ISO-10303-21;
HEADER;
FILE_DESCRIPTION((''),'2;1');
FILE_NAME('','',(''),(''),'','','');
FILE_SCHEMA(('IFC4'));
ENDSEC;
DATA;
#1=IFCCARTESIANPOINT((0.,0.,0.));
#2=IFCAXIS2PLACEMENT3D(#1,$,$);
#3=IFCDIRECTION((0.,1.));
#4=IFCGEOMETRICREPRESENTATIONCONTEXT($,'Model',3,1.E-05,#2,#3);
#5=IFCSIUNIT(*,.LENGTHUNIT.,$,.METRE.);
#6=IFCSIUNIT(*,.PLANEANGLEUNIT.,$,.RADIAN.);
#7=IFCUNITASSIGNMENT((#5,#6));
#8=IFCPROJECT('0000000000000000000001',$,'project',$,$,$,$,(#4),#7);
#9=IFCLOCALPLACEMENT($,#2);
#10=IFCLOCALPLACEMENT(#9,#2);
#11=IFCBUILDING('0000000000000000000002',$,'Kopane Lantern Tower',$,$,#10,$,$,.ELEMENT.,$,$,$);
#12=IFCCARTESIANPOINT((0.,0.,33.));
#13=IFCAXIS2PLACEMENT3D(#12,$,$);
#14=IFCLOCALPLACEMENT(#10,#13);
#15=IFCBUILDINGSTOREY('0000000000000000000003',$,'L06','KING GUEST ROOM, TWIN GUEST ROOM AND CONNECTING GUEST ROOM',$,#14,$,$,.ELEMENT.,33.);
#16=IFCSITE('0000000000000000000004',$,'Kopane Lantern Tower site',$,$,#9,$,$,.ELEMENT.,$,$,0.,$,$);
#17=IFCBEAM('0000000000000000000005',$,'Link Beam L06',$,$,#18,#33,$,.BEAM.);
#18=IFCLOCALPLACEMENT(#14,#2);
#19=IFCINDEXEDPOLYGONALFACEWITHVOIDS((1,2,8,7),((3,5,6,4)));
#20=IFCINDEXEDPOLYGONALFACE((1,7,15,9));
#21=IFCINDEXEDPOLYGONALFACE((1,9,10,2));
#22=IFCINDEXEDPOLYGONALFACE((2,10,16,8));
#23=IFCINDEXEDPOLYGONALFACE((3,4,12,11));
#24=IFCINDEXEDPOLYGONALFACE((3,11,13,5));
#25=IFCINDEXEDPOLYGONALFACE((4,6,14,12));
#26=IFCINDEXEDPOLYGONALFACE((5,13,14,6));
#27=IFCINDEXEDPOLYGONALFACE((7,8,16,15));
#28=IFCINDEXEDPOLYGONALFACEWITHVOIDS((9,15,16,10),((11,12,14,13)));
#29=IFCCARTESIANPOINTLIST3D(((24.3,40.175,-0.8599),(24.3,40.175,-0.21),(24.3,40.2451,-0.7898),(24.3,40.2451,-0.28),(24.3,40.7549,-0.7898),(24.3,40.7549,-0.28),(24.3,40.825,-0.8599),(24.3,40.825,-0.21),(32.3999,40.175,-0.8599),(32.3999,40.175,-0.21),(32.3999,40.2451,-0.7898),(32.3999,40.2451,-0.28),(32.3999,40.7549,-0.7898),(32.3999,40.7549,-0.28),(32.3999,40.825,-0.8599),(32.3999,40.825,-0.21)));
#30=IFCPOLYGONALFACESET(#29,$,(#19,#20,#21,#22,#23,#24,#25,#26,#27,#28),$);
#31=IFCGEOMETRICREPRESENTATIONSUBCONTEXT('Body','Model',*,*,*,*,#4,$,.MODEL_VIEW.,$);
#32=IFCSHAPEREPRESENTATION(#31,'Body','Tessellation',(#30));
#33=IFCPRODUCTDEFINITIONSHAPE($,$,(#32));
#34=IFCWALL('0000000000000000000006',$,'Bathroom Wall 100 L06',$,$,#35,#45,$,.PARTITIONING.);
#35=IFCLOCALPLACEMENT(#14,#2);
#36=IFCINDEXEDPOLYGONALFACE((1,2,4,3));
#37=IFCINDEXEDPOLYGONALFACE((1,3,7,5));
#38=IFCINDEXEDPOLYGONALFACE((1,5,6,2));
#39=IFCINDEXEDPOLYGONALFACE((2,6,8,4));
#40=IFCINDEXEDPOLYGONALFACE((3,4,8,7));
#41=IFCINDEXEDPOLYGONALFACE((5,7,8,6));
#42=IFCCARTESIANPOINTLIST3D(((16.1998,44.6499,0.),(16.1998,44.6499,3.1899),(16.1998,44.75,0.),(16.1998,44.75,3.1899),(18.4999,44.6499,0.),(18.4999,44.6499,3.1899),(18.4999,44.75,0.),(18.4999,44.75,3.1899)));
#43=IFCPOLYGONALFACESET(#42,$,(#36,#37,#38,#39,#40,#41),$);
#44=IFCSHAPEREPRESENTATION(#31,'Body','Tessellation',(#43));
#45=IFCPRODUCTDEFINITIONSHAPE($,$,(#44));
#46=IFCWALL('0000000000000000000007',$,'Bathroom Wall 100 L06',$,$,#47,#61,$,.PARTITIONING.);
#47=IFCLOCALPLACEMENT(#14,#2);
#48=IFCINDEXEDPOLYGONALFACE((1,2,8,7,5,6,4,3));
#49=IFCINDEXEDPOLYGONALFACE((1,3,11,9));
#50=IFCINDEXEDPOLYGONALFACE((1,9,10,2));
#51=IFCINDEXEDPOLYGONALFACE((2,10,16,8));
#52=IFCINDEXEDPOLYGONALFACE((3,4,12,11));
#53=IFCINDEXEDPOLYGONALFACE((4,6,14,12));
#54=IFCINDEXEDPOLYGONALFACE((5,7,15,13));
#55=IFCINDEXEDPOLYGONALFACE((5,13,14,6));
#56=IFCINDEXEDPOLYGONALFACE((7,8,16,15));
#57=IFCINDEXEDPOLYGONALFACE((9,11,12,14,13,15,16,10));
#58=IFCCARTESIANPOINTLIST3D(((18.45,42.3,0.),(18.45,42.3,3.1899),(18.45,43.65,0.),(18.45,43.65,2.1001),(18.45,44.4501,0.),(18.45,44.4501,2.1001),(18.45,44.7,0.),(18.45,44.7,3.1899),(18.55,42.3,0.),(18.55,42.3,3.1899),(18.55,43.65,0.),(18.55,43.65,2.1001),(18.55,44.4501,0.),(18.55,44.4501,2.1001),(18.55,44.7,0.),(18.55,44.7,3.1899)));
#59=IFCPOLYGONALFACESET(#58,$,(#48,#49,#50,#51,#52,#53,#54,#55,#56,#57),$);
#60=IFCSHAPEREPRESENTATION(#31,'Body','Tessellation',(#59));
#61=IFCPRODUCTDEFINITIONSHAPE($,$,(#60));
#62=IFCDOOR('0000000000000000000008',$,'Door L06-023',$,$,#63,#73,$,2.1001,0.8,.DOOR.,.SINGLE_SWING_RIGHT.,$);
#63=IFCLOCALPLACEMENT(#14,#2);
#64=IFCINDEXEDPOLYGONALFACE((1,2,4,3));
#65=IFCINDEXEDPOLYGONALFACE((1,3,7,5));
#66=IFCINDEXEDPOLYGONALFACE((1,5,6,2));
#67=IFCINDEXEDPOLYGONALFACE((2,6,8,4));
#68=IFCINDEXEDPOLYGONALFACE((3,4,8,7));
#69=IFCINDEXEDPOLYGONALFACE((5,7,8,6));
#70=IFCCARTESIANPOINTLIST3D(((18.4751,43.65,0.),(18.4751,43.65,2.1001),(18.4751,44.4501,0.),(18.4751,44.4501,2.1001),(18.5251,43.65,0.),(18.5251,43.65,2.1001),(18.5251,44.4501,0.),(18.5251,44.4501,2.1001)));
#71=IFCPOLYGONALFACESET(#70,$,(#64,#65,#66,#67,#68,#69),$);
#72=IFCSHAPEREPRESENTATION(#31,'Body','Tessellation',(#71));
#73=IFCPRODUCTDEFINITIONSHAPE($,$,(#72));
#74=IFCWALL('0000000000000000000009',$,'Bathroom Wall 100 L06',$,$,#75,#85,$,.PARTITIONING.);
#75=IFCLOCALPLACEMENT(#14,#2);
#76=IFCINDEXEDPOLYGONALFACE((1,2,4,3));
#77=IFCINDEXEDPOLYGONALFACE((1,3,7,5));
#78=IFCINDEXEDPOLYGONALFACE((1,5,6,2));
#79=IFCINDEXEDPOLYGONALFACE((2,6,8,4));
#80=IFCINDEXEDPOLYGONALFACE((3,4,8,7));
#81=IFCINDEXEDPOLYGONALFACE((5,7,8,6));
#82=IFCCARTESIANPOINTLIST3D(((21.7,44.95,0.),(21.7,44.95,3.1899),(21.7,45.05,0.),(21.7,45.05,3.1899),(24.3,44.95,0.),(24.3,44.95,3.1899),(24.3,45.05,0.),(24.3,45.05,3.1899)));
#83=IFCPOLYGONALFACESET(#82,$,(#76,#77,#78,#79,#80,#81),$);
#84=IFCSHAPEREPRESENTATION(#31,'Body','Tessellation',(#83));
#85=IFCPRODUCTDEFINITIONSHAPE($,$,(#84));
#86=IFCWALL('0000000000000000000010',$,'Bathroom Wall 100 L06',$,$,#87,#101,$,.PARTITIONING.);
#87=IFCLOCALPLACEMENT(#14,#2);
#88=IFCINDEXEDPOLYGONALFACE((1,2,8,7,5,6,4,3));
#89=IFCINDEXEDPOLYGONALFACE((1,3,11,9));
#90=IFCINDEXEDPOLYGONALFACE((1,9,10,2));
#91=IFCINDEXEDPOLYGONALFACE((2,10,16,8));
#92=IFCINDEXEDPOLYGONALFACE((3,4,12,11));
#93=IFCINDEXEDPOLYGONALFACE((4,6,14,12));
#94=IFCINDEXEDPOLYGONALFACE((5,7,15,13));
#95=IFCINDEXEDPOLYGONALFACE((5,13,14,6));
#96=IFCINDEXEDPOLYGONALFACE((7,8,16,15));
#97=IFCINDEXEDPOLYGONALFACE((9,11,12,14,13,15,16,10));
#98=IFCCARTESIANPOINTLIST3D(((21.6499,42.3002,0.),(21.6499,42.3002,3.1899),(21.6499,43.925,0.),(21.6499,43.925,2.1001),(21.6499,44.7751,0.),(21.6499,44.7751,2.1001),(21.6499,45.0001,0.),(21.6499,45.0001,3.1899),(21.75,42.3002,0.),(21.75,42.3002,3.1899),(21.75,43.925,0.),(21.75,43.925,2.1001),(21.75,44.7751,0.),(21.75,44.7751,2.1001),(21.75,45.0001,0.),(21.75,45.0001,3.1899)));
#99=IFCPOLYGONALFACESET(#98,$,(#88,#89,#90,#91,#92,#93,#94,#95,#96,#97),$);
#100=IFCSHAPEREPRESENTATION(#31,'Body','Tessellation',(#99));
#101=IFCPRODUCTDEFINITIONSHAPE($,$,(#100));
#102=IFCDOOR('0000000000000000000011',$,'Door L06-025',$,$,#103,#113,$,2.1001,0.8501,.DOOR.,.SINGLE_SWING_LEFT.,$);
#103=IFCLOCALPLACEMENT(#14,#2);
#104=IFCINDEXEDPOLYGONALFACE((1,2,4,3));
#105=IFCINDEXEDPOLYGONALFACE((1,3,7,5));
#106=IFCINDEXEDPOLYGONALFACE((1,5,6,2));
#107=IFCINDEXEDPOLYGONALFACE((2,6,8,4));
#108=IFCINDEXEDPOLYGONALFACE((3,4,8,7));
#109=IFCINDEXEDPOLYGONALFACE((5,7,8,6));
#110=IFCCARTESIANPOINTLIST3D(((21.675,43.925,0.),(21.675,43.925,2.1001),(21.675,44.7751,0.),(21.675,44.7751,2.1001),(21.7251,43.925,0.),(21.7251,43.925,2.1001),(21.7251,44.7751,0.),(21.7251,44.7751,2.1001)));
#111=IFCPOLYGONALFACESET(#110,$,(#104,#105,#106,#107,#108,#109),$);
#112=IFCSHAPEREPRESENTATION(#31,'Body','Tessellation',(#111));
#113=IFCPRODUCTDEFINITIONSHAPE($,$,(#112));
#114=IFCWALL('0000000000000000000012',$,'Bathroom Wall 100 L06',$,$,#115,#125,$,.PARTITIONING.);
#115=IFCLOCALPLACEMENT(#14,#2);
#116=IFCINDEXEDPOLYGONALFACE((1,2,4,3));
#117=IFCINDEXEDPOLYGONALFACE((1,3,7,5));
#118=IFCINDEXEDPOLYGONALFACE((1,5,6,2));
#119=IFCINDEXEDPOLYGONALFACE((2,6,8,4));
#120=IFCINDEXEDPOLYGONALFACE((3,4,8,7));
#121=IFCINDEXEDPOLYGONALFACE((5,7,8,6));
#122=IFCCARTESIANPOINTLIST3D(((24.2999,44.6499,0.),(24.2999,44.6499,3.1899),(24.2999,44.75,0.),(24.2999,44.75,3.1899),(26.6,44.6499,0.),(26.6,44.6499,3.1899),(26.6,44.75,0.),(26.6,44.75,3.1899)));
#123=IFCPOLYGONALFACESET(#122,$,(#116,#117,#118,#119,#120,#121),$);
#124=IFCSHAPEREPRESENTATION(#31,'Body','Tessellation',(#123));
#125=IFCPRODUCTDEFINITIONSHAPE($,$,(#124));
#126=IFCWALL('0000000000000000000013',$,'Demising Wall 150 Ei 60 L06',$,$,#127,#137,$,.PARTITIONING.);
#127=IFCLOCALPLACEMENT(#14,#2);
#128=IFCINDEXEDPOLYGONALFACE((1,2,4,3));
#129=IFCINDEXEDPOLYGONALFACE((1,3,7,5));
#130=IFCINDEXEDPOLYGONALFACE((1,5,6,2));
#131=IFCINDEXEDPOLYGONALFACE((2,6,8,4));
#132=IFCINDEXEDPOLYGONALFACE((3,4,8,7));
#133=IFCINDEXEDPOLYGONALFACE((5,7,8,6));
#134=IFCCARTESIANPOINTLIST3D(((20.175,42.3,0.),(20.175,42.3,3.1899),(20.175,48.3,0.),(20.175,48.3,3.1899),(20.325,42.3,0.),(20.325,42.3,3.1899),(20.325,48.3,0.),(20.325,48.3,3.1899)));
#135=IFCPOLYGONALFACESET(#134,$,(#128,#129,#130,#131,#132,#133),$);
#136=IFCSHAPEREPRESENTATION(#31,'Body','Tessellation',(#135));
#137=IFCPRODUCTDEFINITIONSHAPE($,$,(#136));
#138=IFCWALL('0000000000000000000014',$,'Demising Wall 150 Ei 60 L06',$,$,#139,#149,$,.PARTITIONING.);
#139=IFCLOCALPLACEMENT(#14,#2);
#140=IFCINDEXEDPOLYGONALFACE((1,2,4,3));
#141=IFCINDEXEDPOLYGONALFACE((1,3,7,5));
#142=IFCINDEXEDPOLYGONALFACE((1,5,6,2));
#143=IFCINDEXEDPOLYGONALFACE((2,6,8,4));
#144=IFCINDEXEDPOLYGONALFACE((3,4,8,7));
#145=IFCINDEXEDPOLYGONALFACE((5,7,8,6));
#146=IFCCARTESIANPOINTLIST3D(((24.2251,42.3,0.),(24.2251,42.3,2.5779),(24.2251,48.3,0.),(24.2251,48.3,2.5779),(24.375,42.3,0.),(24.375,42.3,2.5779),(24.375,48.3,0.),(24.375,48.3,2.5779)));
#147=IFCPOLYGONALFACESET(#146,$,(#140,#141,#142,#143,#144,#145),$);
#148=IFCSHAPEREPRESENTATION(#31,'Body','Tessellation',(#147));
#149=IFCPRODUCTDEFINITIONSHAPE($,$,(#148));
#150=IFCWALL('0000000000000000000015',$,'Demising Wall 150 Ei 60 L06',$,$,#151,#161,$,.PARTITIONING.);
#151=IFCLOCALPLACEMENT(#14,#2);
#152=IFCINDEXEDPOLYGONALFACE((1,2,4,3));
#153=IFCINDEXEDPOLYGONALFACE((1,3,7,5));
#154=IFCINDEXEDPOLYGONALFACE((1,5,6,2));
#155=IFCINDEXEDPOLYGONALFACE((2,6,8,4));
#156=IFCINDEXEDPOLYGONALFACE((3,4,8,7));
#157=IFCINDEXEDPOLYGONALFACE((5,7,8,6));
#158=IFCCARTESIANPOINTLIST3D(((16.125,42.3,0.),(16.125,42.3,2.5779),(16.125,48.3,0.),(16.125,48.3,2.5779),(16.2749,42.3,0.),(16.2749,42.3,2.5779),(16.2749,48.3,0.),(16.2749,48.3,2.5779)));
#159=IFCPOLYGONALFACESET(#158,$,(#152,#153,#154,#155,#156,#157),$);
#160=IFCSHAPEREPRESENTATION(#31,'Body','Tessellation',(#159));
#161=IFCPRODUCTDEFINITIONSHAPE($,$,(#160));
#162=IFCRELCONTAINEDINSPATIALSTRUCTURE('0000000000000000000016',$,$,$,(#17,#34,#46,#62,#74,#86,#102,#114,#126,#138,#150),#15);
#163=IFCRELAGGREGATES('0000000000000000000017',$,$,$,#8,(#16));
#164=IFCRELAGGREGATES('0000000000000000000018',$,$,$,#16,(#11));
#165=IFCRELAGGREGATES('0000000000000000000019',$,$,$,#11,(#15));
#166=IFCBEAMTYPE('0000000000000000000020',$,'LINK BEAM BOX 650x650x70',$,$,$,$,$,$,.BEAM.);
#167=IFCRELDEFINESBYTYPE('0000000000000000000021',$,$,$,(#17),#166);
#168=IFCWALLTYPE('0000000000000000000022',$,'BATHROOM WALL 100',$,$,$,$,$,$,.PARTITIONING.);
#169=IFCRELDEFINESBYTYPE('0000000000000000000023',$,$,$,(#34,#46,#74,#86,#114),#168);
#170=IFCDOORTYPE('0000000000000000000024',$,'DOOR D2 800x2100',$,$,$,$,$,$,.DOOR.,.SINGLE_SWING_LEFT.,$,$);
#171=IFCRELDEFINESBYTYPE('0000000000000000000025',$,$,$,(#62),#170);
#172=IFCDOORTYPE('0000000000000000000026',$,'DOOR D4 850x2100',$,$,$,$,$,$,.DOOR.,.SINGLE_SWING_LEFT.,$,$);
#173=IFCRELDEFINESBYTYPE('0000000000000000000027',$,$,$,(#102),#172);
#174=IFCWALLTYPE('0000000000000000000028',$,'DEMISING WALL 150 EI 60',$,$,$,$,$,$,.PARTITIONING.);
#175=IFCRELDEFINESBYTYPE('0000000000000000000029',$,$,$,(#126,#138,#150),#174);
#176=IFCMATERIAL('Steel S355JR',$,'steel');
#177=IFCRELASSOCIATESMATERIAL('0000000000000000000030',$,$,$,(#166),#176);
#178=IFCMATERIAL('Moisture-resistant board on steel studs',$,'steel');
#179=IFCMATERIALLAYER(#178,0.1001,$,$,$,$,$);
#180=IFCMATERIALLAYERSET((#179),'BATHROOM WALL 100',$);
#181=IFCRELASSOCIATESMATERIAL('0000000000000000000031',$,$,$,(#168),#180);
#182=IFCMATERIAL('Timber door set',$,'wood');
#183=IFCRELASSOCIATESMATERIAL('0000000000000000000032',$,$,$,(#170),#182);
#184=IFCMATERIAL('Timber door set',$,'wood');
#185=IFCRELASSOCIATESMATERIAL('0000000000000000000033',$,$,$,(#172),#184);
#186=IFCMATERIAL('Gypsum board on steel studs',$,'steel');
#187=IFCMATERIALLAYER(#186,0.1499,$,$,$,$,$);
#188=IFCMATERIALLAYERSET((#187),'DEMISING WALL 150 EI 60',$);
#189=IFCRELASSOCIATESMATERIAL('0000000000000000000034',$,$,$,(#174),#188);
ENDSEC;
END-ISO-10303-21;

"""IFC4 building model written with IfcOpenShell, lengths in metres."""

from ifc_helpers import new_model, si_unit, direction, frame, frame_2d, origin, origin_2d, place, context, subcontext, project, spatial, rectangle, hollow_rectangle, extrude, material, layer, layer_set, material_profile, profile_set, type_object, element, fill, save


model = new_model("IFC4")

# Units and contexts
model_context = context("Model", 3, precision=1e-05, world=origin(), true_north=direction((0.0, 1.0)))
body_context = subcontext(model_context, "Body", "Model", "MODEL_VIEW")
ifc_project = project(units=[si_unit("LENGTHUNIT", "METRE"), si_unit("PLANEANGLEUNIT", "RADIAN")], contexts=[model_context])

# Site, building, storey
site_placement = place(None, origin())
site = spatial("IfcSite", under=ifc_project, at=site_placement, Name="Kopane Lantern Tower site", CompositionType="ELEMENT", RefElevation=0.0)
building_placement = place(site_placement, origin())
building = spatial("IfcBuilding", under=site, at=building_placement, Name="Kopane Lantern Tower", CompositionType="ELEMENT")
storey_placement = place(building_placement, frame((0.0, 0.0, 33.0)))
storey = spatial("IfcBuildingStorey", under=building, at=storey_placement, Name="L06", Description="KING GUEST ROOM, TWIN GUEST ROOM AND CONNECTING GUEST ROOM", CompositionType="ELEMENT", Elevation=33.0)

# Beam
ifc_material_1 = material(Name="Steel S355JR", Category="steel")
ifc_material_profile_1 = material_profile(ifc_material_1, hollow_rectangle(XDim=0.6499, YDim=0.6499, WallThickness=0.0701, at=origin_2d()), Name="BOX 650x650x70")
ifc_profile_set_1 = profile_set([ifc_material_profile_1], Name="Steel S355JR")
beam_type_1 = type_object("IfcBeamType", Name="LINK BEAM BOX 650x650x70", PredefinedType="BEAM", material=ifc_profile_set_1)
beam_1_placement = place(storey_placement, frame((24.3, 40.5, -0.5349), z_axis=(1.0, 0.0, 0.0), x_axis=(0.0, 1.0, 0.0)))
element("IfcBeam", 1, at=beam_1_placement, inside=storey, type_object=beam_type_1, Name="Link Beam L06", PredefinedType="BEAM", context=body_context, shape_type="SweptSolid", body=[
    extrude(hollow_rectangle(XDim=0.6499, YDim=0.6499, WallThickness=0.0701, at=origin_2d()), origin(), (0.0, 0.0, 1.0), 8.0999),
])

# Wall
ifc_material_2 = material(Name="Moisture-resistant board on steel studs", Category="steel")
ifc_layer_1 = layer(ifc_material_2, 0.1001)
ifc_layer_set_1 = layer_set([ifc_layer_1], Name="BATHROOM WALL 100")
wall_type_1 = type_object("IfcWallType", Name="BATHROOM WALL 100", PredefinedType="PARTITIONING", material=ifc_layer_set_1)
wall_1_placement = place(storey_placement, frame((16.2, 44.7, 0.0), z_axis=(0.0, 0.0, 1.0), x_axis=(1.0, 0.0, 0.0)))
element("IfcWall", 2, at=wall_1_placement, inside=storey, type_object=wall_type_1, Name="Bathroom Wall 100 L06", PredefinedType="PARTITIONING", context=body_context, shape_type="SweptSolid", body=[
    extrude(rectangle(XDim=2.3, YDim=0.1001, at=frame_2d((1.1499, 0.0))), origin(), (0.0, 0.0, 1.0), 3.1899),
])

# Wall, opening, door
wall_2_placement = place(storey_placement, frame((18.5, 42.3, 0.0), z_axis=(0.0, 0.0, 1.0), x_axis=(0.0, 1.0, 0.0)))
wall_2 = element("IfcWall", 3, at=wall_2_placement, inside=storey, type_object=wall_type_1, Name="Bathroom Wall 100 L06", PredefinedType="PARTITIONING", context=body_context, shape_type="SweptSolid", body=[
    extrude(rectangle(XDim=2.3999, YDim=0.1001, at=frame_2d((1.2, 0.0))), origin(), (0.0, 0.0, 1.0), 3.1899),
])
opening_1_placement = place(wall_2_placement, frame((1.3501, 0.0, 0.0)))
opening_1 = element("IfcOpeningElement", 4, at=opening_1_placement, cuts=wall_2, PredefinedType="OPENING", context=body_context, shape_type="SweptSolid", body=[
    extrude(rectangle(XDim=0.8, YDim=2.1001, at=frame_2d((0.3999, 1.05))), frame((0.0, 0.0601, 0.0), z_axis=(0.0, -1.0, 0.0), x_axis=(1.0, 0.0, 0.0)), (0.0, 0.0, 1.0), 0.1201),
])
ifc_material_3 = material(Name="Timber door set", Category="wood")
door_type_1 = type_object("IfcDoorType", Name="DOOR D2 800x2100", OperationType="SINGLE_SWING_LEFT", PredefinedType="DOOR", material=ifc_material_3)
door_1_placement = place(opening_1_placement, origin())
door_1 = element("IfcDoor", 5, at=door_1_placement, inside=storey, type_object=door_type_1, Name="Door L06-023", OperationType="SINGLE_SWING_RIGHT", OverallHeight=2.1001, OverallWidth=0.8, PredefinedType="DOOR", context=body_context, shape_type="SweptSolid", body=[
    extrude(rectangle(XDim=0.8, YDim=2.1001, at=frame_2d((0.3999, 1.05))), frame((0.0, 0.0249, 0.0), z_axis=(0.0, -1.0, 0.0), x_axis=(1.0, 0.0, 0.0)), (0.0, 0.0, 1.0), 0.05),
])
fill(opening_1, door_1)

# Wall
wall_3_placement = place(storey_placement, frame((21.7, 45.0, 0.0), z_axis=(0.0, 0.0, 1.0), x_axis=(1.0, 0.0, 0.0)))
element("IfcWall", 6, at=wall_3_placement, inside=storey, type_object=wall_type_1, Name="Bathroom Wall 100 L06", PredefinedType="PARTITIONING", context=body_context, shape_type="SweptSolid", body=[
    extrude(rectangle(XDim=2.6001, YDim=0.1001, at=frame_2d((1.3, 0.0))), origin(), (0.0, 0.0, 1.0), 3.1899),
])

# Wall, opening, door
wall_4_placement = place(storey_placement, frame((21.7, 42.3, 0.0), z_axis=(0.0, 0.0, 1.0), x_axis=(0.0, 1.0, 0.0)))
wall_4 = element("IfcWall", 7, at=wall_4_placement, inside=storey, type_object=wall_type_1, Name="Bathroom Wall 100 L06", PredefinedType="PARTITIONING", context=body_context, shape_type="SweptSolid", body=[
    extrude(rectangle(XDim=2.7, YDim=0.1001, at=frame_2d((1.3501, 0.0))), origin(), (0.0, 0.0, 1.0), 3.1899),
])
opening_2_placement = place(wall_4_placement, frame((1.625, 0.0, 0.0)))
opening_2 = element("IfcOpeningElement", 8, at=opening_2_placement, cuts=wall_4, PredefinedType="OPENING", context=body_context, shape_type="SweptSolid", body=[
    extrude(rectangle(XDim=0.8501, YDim=2.1001, at=frame_2d((0.425, 1.05))), frame((0.0, 0.0601, 0.0), z_axis=(0.0, -1.0, 0.0), x_axis=(1.0, 0.0, 0.0)), (0.0, 0.0, 1.0), 0.1201),
])
ifc_material_4 = material(Name="Timber door set", Category="wood")
door_type_2 = type_object("IfcDoorType", Name="DOOR D4 850x2100", OperationType="SINGLE_SWING_LEFT", PredefinedType="DOOR", material=ifc_material_4)
door_2_placement = place(opening_2_placement, origin())
door_2 = element("IfcDoor", 9, at=door_2_placement, inside=storey, type_object=door_type_2, Name="Door L06-025", OperationType="SINGLE_SWING_LEFT", OverallHeight=2.1001, OverallWidth=0.8501, PredefinedType="DOOR", context=body_context, shape_type="SweptSolid", body=[
    extrude(rectangle(XDim=0.8501, YDim=2.1001, at=frame_2d((0.425, 1.05))), frame((0.0, 0.0249, 0.0), z_axis=(0.0, -1.0, 0.0), x_axis=(1.0, 0.0, 0.0)), (0.0, 0.0, 1.0), 0.05),
])
fill(opening_2, door_2)

# Walls
wall_5_placement = place(storey_placement, frame((24.3, 44.7, 0.0), z_axis=(0.0, 0.0, 1.0), x_axis=(1.0, 0.0, 0.0)))
element("IfcWall", 10, at=wall_5_placement, inside=storey, type_object=wall_type_1, Name="Bathroom Wall 100 L06", PredefinedType="PARTITIONING", context=body_context, shape_type="SweptSolid", body=[
    extrude(rectangle(XDim=2.3, YDim=0.1001, at=frame_2d((1.1499, 0.0))), origin(), (0.0, 0.0, 1.0), 3.1899),
])
ifc_material_5 = material(Name="Gypsum board on steel studs", Category="steel")
ifc_layer_2 = layer(ifc_material_5, 0.1499)
ifc_layer_set_2 = layer_set([ifc_layer_2], Name="DEMISING WALL 150 EI 60")
wall_type_2 = type_object("IfcWallType", Name="DEMISING WALL 150 EI 60", PredefinedType="PARTITIONING", material=ifc_layer_set_2)
wall_6_placement = place(storey_placement, frame((20.25, 42.3, 0.0), z_axis=(0.0, 0.0, 1.0), x_axis=(0.0, 1.0, 0.0)))
element("IfcWall", 11, at=wall_6_placement, inside=storey, type_object=wall_type_2, Name="Demising Wall 150 Ei 60 L06", PredefinedType="PARTITIONING", context=body_context, shape_type="SweptSolid", body=[
    extrude(rectangle(XDim=6.0, YDim=0.1499, at=frame_2d((3.0, 0.0))), origin(), (0.0, 0.0, 1.0), 3.1899),
])
for number, where, z_axis, x_axis, name in (
    (12, (24.3, 42.3, 0.0), (0.0, 0.0, 1.0), (0.0, 1.0, 0.0), "Demising Wall 150 Ei 60 L06"),
    (13, (16.2, 42.3, 0.0), (0.0, 0.0, 1.0), (0.0, 1.0, 0.0), "Demising Wall 150 Ei 60 L06"),
):
    element("IfcWall", number, at=place(storey_placement, frame(where, z_axis=z_axis, x_axis=x_axis)), inside=storey, type_object=wall_type_2, Name=name, PredefinedType="PARTITIONING", context=body_context, shape_type="SweptSolid", body=[
        extrude(rectangle(XDim=6.0, YDim=0.1499, at=frame_2d((3.0, 0.0))), origin(), (0.0, 0.0, 1.0), 2.5779),
    ])

save(model, "model.ifc")
